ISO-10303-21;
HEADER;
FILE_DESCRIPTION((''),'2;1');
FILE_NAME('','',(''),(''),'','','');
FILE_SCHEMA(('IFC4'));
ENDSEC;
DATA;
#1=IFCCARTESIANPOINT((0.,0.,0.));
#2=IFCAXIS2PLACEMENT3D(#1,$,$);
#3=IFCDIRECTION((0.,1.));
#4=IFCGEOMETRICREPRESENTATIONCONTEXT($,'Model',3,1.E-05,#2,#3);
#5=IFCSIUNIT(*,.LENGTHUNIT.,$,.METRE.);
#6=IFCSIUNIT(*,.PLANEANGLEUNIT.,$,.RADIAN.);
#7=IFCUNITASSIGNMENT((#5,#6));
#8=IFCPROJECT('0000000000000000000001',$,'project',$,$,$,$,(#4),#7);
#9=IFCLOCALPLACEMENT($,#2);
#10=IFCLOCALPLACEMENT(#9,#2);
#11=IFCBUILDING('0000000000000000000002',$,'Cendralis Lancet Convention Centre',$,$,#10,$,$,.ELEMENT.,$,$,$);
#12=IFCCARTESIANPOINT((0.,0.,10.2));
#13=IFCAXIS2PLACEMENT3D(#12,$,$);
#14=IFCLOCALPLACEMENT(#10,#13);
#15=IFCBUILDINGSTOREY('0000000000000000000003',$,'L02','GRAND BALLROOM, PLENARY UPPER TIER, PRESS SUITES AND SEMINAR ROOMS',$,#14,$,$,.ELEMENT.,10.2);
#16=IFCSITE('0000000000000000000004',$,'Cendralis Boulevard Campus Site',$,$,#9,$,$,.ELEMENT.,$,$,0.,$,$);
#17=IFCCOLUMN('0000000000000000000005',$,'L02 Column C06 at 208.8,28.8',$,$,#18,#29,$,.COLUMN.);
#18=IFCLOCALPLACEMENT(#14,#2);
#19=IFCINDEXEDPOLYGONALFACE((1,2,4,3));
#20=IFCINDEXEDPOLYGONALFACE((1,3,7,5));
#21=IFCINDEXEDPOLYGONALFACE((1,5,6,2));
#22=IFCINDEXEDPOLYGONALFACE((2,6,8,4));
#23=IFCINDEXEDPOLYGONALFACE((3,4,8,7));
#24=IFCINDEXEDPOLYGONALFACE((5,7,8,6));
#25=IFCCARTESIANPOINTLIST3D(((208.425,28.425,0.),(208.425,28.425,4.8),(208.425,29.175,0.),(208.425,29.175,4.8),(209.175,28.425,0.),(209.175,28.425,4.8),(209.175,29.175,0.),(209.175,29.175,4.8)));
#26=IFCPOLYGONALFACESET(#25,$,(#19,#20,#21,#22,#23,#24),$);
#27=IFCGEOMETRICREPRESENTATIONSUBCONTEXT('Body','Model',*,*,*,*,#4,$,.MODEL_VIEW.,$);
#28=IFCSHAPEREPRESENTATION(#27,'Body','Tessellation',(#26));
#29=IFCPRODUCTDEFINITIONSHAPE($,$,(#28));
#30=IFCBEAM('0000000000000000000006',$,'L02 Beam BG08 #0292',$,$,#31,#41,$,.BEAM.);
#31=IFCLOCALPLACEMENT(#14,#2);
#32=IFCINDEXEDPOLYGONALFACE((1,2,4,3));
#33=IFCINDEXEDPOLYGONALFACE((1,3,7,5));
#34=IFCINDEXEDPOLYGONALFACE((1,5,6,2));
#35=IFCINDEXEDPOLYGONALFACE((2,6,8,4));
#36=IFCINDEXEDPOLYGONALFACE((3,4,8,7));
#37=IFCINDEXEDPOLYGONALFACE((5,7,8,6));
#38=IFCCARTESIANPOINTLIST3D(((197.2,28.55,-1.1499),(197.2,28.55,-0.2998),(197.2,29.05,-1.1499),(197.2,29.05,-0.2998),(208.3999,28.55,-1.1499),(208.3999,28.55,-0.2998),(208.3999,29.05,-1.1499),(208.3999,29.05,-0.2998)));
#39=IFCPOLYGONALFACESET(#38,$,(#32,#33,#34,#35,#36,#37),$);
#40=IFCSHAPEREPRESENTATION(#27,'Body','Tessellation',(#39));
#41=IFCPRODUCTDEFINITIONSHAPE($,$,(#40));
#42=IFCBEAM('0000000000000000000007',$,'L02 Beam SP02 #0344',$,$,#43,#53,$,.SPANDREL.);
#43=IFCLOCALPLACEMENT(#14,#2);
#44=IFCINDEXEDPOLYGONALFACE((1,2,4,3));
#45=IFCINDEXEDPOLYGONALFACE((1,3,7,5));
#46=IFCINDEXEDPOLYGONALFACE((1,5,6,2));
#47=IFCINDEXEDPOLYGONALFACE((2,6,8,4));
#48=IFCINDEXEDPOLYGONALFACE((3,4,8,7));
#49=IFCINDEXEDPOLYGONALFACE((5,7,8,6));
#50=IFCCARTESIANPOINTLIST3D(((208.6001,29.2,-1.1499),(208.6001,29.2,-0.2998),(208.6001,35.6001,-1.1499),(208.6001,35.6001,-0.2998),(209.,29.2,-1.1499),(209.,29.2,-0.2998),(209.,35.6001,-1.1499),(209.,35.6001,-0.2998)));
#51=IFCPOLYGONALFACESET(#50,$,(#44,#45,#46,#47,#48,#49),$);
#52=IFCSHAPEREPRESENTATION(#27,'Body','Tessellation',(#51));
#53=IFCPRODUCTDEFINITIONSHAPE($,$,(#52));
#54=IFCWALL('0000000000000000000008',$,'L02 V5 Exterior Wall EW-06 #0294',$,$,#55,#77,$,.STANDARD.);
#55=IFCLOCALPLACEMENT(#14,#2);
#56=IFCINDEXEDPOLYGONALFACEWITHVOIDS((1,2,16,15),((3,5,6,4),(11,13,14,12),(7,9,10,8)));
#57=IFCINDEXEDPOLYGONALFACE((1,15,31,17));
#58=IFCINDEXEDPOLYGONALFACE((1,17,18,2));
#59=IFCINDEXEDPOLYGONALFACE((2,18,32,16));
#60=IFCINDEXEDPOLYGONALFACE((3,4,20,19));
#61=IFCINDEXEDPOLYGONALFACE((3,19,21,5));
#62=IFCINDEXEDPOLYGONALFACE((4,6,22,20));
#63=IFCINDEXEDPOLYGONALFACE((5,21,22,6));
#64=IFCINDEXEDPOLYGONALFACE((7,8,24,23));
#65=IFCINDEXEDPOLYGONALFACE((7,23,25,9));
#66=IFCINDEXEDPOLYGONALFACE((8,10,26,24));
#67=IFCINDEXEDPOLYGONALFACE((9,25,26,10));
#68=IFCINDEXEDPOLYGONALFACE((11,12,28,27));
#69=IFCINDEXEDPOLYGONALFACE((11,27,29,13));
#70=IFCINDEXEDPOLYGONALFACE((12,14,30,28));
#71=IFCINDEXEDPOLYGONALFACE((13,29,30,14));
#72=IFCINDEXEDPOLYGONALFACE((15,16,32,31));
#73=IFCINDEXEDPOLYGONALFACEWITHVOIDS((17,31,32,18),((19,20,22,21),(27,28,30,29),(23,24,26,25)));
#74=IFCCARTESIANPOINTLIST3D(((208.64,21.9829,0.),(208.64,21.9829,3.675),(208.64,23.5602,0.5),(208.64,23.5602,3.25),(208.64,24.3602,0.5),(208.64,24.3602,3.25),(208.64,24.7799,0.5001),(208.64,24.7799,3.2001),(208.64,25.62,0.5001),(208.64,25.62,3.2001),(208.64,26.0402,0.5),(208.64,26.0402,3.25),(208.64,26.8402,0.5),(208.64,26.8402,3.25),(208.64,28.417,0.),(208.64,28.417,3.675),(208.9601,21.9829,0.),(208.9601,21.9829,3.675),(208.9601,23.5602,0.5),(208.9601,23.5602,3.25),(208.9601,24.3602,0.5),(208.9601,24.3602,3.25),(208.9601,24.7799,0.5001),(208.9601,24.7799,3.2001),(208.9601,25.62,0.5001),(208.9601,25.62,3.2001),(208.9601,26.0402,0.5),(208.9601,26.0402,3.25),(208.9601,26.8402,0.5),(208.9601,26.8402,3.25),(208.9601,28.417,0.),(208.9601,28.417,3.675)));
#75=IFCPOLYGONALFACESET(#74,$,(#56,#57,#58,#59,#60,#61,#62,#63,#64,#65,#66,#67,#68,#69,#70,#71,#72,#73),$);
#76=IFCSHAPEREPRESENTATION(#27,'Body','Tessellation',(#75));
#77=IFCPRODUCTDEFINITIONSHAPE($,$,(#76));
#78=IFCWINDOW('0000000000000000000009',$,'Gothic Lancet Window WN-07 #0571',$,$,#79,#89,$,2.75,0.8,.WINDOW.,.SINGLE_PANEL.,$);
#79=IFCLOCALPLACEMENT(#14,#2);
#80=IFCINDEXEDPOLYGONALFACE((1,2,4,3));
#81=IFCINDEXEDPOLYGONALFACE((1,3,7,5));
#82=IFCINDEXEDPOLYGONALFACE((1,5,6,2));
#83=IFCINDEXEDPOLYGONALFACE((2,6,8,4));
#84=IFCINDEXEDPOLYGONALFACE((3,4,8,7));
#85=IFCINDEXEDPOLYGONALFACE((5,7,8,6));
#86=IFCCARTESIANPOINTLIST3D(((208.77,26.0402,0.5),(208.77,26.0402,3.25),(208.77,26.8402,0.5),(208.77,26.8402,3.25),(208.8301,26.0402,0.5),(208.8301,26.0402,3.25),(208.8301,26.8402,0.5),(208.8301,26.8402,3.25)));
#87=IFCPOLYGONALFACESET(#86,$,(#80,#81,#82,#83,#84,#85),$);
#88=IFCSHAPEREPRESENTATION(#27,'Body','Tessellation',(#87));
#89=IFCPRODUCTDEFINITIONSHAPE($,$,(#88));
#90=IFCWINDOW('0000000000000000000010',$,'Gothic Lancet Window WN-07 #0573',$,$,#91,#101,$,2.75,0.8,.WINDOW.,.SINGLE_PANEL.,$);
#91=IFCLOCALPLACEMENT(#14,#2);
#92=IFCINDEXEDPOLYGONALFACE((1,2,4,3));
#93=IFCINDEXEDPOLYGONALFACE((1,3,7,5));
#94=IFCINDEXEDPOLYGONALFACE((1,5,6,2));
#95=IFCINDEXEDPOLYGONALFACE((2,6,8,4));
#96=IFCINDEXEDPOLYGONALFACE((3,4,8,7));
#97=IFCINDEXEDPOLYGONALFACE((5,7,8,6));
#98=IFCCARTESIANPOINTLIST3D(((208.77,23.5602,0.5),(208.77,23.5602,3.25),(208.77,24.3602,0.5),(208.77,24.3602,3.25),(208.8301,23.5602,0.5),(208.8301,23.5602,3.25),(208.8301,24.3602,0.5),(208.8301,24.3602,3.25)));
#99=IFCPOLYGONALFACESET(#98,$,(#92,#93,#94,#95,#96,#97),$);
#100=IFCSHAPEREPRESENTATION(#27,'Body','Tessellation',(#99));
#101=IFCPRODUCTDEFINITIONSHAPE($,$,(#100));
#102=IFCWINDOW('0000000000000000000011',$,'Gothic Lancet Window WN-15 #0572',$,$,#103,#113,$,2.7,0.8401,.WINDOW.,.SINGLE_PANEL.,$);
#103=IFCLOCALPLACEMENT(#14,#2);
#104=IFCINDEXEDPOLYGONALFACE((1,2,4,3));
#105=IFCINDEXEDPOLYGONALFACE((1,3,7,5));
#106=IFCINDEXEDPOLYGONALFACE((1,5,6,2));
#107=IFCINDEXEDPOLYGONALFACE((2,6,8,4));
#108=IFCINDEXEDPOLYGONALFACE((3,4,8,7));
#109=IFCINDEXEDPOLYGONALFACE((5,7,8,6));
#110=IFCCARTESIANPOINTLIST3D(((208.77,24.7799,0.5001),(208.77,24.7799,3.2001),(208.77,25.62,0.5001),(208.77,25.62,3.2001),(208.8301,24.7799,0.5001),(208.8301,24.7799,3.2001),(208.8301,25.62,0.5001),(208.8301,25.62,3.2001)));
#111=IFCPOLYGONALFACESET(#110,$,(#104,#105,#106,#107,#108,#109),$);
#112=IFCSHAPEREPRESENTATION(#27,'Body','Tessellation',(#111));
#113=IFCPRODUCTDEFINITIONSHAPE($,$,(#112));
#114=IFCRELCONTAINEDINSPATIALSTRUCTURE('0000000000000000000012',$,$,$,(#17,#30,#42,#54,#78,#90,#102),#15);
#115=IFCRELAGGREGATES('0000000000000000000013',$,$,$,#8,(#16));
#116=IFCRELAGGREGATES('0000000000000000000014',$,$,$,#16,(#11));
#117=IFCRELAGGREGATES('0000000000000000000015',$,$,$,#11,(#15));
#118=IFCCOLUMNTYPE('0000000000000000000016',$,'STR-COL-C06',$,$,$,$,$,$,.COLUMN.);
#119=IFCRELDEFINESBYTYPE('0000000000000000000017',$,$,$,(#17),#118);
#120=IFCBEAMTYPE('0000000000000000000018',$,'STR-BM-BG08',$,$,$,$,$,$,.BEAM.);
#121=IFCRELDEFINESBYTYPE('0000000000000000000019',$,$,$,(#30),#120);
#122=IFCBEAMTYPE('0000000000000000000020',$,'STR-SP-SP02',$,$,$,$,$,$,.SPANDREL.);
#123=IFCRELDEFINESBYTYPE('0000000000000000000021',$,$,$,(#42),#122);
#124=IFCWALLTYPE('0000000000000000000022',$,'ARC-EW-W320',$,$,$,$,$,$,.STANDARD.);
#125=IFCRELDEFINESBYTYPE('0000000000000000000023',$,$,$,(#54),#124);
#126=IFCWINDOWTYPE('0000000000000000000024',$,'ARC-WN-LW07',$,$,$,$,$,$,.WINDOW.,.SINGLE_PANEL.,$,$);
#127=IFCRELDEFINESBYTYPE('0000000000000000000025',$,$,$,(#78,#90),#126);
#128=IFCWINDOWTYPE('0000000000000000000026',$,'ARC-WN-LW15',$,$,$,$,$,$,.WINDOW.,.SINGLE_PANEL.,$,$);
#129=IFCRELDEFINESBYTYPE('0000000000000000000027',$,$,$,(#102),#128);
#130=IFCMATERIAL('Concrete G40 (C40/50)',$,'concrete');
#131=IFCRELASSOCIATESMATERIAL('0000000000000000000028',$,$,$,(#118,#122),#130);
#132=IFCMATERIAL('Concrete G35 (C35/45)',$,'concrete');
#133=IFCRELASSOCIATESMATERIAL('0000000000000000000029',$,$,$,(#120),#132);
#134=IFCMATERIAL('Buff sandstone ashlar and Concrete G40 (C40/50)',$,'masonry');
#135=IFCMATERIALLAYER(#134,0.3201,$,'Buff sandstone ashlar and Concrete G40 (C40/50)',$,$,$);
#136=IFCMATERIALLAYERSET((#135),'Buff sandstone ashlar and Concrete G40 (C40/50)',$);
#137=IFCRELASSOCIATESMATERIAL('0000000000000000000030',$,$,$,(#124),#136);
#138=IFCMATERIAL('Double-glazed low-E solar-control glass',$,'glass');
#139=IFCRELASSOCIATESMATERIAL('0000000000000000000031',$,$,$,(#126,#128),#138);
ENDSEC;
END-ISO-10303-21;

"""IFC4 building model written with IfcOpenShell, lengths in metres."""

from ifc_helpers import new_model, si_unit, direction, frame, frame_2d, origin, origin_2d, place, context, subcontext, project, spatial, rectangle, extrude, material, layer, layer_set, material_profile, profile_set, type_object, element, fill, save


model = new_model("IFC4")

# Units and contexts
model_context = context("Model", 3, precision=1e-05, world=origin(), true_north=direction((0.0, 1.0)))
body_context = subcontext(model_context, "Body", "Model", "MODEL_VIEW")
ifc_project = project(units=[si_unit("LENGTHUNIT", "METRE"), si_unit("PLANEANGLEUNIT", "RADIAN")], contexts=[model_context])

# Site, building, storey
site_placement = place(None, origin())
site = spatial("IfcSite", under=ifc_project, at=site_placement, Name="Cendralis Boulevard Campus Site", CompositionType="ELEMENT", RefElevation=0.0)
building_placement = place(site_placement, origin())
building = spatial("IfcBuilding", under=site, at=building_placement, Name="Cendralis Lancet Convention Centre", CompositionType="ELEMENT")
storey_placement = place(building_placement, frame((0.0, 0.0, 10.2)))
storey = spatial("IfcBuildingStorey", under=building, at=storey_placement, Name="L02", Description="GRAND BALLROOM, PLENARY UPPER TIER, PRESS SUITES AND SEMINAR ROOMS", CompositionType="ELEMENT", Elevation=10.2)

# Column
ifc_material_1 = material(Name="Concrete G40 (C40/50)", Category="concrete")
ifc_material_profile_1 = material_profile(ifc_material_1, rectangle(XDim=0.75, YDim=0.75, at=origin_2d()), Name="RC 750x750")
ifc_profile_set_1 = profile_set([ifc_material_profile_1], Name="Concrete G40 (C40/50)")
column_type = type_object("IfcColumnType", Name="STR-COL-C06", PredefinedType="COLUMN", material=ifc_profile_set_1)
column_placement = place(storey_placement, frame((208.8, 28.8, 0.0), z_axis=(0.0, 0.0, 1.0), x_axis=(1.0, 0.0, 0.0)))
element("IfcColumn", 1, at=column_placement, inside=storey, type_object=column_type, Name="L02 Column C06 at 208.8,28.8", PredefinedType="COLUMN", context=body_context, shape_type="SweptSolid", body=[
    extrude(rectangle(XDim=0.75, YDim=0.75, at=origin_2d()), origin(), (0.0, 0.0, 1.0), 4.8),
])

# Beams
ifc_material_2 = material(Name="Concrete G35 (C35/45)", Category="concrete")
ifc_material_profile_2 = material_profile(ifc_material_2, rectangle(XDim=0.5, YDim=0.8501, at=origin_2d()), Name="RCB 500x850")
ifc_profile_set_2 = profile_set([ifc_material_profile_2], Name="Concrete G35 (C35/45)")
beam_type_1 = type_object("IfcBeamType", Name="STR-BM-BG08", PredefinedType="BEAM", material=ifc_profile_set_2)
beam_1_placement = place(storey_placement, frame((197.2, 28.8, -0.7249), z_axis=(1.0, 0.0, 0.0), x_axis=(0.0, 1.0, 0.0)))
element("IfcBeam", 2, at=beam_1_placement, inside=storey, type_object=beam_type_1, Name="L02 Beam BG08 #0292", PredefinedType="BEAM", context=body_context, shape_type="SweptSolid", body=[
    extrude(rectangle(XDim=0.5, YDim=0.8501, at=origin_2d()), origin(), (0.0, 0.0, 1.0), 11.2),
])
ifc_material_profile_3 = material_profile(ifc_material_1, rectangle(XDim=0.3999, YDim=0.8501, at=origin_2d()), Name="RCB 400x850")
ifc_profile_set_3 = profile_set([ifc_material_profile_3], Name="Concrete G40 (C40/50)")
beam_type_2 = type_object("IfcBeamType", Name="STR-SP-SP02", PredefinedType="SPANDREL", material=ifc_profile_set_3)
beam_2_placement = place(storey_placement, frame((208.8, 29.2, -0.7249), z_axis=(0.0, 1.0, 0.0), x_axis=(-1.0, 0.0, 0.0)))
element("IfcBeam", 3, at=beam_2_placement, inside=storey, type_object=beam_type_2, Name="L02 Beam SP02 #0344", PredefinedType="SPANDREL", context=body_context, shape_type="SweptSolid", body=[
    extrude(rectangle(XDim=0.3999, YDim=0.8501, at=origin_2d()), origin(), (0.0, 0.0, 1.0), 6.4001),
])

# Wall, openings, windows
ifc_material_3 = material(Name="Buff sandstone ashlar and Concrete G40 (C40/50)", Category="masonry")
ifc_layer_1 = layer(ifc_material_3, 0.3201, Name="Buff sandstone ashlar and Concrete G40 (C40/50)")
ifc_layer_set_1 = layer_set([ifc_layer_1], Name="Buff sandstone ashlar and Concrete G40 (C40/50)")
wall_type_1 = type_object("IfcWallType", Name="ARC-EW-W320", PredefinedType="STANDARD", material=ifc_layer_set_1)
wall_1_placement = place(storey_placement, frame((208.8, 28.417, 0.0), z_axis=(0.0, 0.0, 1.0), x_axis=(0.0, -1.0, 0.0)))
wall_1 = element("IfcWall", 4, at=wall_1_placement, inside=storey, type_object=wall_type_1, Name="L02 V5 Exterior Wall EW-06 #0294", PredefinedType="STANDARD", context=body_context, shape_type="SweptSolid", body=[
    extrude(rectangle(XDim=6.4341, YDim=0.3201, at=frame_2d((3.217, 0.0))), origin(), (0.0, 0.0, 1.0), 3.675),
])
opening_1_placement = place(wall_1_placement, frame((1.5769, 0.0, 0.5)))
opening_1 = element("IfcOpeningElement", 5, at=opening_1_placement, cuts=wall_1, PredefinedType="OPENING", context=body_context, shape_type="SweptSolid", body=[
    extrude(rectangle(XDim=0.8, YDim=2.75, at=frame_2d((0.3999, 1.375))), frame((0.0, 0.1699, 0.0), z_axis=(0.0, -1.0, 0.0), x_axis=(1.0, 0.0, 0.0)), (0.0, 0.0, 1.0), 0.3401),
])
opening_2_placement = place(wall_1_placement, frame((2.7971, 0.0, 0.5)))
opening_2 = element("IfcOpeningElement", 6, at=opening_2_placement, cuts=wall_1, PredefinedType="OPENING", context=body_context, shape_type="SweptSolid", body=[
    extrude(rectangle(XDim=0.8401, YDim=2.7, at=frame_2d((0.4199, 1.3501))), frame((0.0, 0.1699, 0.0), z_axis=(0.0, -1.0, 0.0), x_axis=(1.0, 0.0, 0.0)), (0.0, 0.0, 1.0), 0.3401),
])
opening_3_placement = place(wall_1_placement, frame((4.0569, 0.0, 0.5)))
opening_3 = element("IfcOpeningElement", 7, at=opening_3_placement, cuts=wall_1, PredefinedType="OPENING", context=body_context, shape_type="SweptSolid", body=[
    extrude(rectangle(XDim=0.8, YDim=2.75, at=frame_2d((0.3999, 1.375))), frame((0.0, 0.1699, 0.0), z_axis=(0.0, -1.0, 0.0), x_axis=(1.0, 0.0, 0.0)), (0.0, 0.0, 1.0), 0.3401),
])
ifc_material_4 = material(Name="Double-glazed low-E solar-control glass", Category="glass")
window_type_1 = type_object("IfcWindowType", Name="ARC-WN-LW07", PartitioningType="SINGLE_PANEL", PredefinedType="WINDOW", material=ifc_material_4)
window_1_placement = place(opening_1_placement, origin())
window_1 = element("IfcWindow", 8, at=window_1_placement, inside=storey, type_object=window_type_1, Name="Gothic Lancet Window WN-07 #0571", OverallHeight=2.75, OverallWidth=0.8, PartitioningType="SINGLE_PANEL", PredefinedType="WINDOW", context=body_context, shape_type="SweptSolid", body=[
    extrude(rectangle(XDim=0.8, YDim=2.75, at=frame_2d((0.3999, 1.375))), frame((0.0, 0.03, 0.0), z_axis=(0.0, -1.0, 0.0), x_axis=(1.0, 0.0, 0.0)), (0.0, 0.0, 1.0), 0.0601),
])
fill(opening_1, window_1)
window_2_placement = place(opening_3_placement, origin())
window_2 = element("IfcWindow", 9, at=window_2_placement, inside=storey, type_object=window_type_1, Name="Gothic Lancet Window WN-07 #0573", OverallHeight=2.75, OverallWidth=0.8, PartitioningType="SINGLE_PANEL", PredefinedType="WINDOW", context=body_context, shape_type="SweptSolid", body=[
    extrude(rectangle(XDim=0.8, YDim=2.75, at=frame_2d((0.3999, 1.375))), frame((0.0, 0.03, 0.0), z_axis=(0.0, -1.0, 0.0), x_axis=(1.0, 0.0, 0.0)), (0.0, 0.0, 1.0), 0.0601),
])
fill(opening_3, window_2)
window_type_2 = type_object("IfcWindowType", Name="ARC-WN-LW15", PartitioningType="SINGLE_PANEL", PredefinedType="WINDOW", material=ifc_material_4)
window_3_placement = place(opening_2_placement, origin())
window_3 = element("IfcWindow", 10, at=window_3_placement, inside=storey, type_object=window_type_2, Name="Gothic Lancet Window WN-15 #0572", OverallHeight=2.7, OverallWidth=0.8401, PartitioningType="SINGLE_PANEL", PredefinedType="WINDOW", context=body_context, shape_type="SweptSolid", body=[
    extrude(rectangle(XDim=0.8401, YDim=2.7, at=frame_2d((0.4199, 1.3501))), frame((0.0, 0.03, 0.0), z_axis=(0.0, -1.0, 0.0), x_axis=(1.0, 0.0, 0.0)), (0.0, 0.0, 1.0), 0.0601),
])
fill(opening_2, window_3)

save(model, "model.ifc")
